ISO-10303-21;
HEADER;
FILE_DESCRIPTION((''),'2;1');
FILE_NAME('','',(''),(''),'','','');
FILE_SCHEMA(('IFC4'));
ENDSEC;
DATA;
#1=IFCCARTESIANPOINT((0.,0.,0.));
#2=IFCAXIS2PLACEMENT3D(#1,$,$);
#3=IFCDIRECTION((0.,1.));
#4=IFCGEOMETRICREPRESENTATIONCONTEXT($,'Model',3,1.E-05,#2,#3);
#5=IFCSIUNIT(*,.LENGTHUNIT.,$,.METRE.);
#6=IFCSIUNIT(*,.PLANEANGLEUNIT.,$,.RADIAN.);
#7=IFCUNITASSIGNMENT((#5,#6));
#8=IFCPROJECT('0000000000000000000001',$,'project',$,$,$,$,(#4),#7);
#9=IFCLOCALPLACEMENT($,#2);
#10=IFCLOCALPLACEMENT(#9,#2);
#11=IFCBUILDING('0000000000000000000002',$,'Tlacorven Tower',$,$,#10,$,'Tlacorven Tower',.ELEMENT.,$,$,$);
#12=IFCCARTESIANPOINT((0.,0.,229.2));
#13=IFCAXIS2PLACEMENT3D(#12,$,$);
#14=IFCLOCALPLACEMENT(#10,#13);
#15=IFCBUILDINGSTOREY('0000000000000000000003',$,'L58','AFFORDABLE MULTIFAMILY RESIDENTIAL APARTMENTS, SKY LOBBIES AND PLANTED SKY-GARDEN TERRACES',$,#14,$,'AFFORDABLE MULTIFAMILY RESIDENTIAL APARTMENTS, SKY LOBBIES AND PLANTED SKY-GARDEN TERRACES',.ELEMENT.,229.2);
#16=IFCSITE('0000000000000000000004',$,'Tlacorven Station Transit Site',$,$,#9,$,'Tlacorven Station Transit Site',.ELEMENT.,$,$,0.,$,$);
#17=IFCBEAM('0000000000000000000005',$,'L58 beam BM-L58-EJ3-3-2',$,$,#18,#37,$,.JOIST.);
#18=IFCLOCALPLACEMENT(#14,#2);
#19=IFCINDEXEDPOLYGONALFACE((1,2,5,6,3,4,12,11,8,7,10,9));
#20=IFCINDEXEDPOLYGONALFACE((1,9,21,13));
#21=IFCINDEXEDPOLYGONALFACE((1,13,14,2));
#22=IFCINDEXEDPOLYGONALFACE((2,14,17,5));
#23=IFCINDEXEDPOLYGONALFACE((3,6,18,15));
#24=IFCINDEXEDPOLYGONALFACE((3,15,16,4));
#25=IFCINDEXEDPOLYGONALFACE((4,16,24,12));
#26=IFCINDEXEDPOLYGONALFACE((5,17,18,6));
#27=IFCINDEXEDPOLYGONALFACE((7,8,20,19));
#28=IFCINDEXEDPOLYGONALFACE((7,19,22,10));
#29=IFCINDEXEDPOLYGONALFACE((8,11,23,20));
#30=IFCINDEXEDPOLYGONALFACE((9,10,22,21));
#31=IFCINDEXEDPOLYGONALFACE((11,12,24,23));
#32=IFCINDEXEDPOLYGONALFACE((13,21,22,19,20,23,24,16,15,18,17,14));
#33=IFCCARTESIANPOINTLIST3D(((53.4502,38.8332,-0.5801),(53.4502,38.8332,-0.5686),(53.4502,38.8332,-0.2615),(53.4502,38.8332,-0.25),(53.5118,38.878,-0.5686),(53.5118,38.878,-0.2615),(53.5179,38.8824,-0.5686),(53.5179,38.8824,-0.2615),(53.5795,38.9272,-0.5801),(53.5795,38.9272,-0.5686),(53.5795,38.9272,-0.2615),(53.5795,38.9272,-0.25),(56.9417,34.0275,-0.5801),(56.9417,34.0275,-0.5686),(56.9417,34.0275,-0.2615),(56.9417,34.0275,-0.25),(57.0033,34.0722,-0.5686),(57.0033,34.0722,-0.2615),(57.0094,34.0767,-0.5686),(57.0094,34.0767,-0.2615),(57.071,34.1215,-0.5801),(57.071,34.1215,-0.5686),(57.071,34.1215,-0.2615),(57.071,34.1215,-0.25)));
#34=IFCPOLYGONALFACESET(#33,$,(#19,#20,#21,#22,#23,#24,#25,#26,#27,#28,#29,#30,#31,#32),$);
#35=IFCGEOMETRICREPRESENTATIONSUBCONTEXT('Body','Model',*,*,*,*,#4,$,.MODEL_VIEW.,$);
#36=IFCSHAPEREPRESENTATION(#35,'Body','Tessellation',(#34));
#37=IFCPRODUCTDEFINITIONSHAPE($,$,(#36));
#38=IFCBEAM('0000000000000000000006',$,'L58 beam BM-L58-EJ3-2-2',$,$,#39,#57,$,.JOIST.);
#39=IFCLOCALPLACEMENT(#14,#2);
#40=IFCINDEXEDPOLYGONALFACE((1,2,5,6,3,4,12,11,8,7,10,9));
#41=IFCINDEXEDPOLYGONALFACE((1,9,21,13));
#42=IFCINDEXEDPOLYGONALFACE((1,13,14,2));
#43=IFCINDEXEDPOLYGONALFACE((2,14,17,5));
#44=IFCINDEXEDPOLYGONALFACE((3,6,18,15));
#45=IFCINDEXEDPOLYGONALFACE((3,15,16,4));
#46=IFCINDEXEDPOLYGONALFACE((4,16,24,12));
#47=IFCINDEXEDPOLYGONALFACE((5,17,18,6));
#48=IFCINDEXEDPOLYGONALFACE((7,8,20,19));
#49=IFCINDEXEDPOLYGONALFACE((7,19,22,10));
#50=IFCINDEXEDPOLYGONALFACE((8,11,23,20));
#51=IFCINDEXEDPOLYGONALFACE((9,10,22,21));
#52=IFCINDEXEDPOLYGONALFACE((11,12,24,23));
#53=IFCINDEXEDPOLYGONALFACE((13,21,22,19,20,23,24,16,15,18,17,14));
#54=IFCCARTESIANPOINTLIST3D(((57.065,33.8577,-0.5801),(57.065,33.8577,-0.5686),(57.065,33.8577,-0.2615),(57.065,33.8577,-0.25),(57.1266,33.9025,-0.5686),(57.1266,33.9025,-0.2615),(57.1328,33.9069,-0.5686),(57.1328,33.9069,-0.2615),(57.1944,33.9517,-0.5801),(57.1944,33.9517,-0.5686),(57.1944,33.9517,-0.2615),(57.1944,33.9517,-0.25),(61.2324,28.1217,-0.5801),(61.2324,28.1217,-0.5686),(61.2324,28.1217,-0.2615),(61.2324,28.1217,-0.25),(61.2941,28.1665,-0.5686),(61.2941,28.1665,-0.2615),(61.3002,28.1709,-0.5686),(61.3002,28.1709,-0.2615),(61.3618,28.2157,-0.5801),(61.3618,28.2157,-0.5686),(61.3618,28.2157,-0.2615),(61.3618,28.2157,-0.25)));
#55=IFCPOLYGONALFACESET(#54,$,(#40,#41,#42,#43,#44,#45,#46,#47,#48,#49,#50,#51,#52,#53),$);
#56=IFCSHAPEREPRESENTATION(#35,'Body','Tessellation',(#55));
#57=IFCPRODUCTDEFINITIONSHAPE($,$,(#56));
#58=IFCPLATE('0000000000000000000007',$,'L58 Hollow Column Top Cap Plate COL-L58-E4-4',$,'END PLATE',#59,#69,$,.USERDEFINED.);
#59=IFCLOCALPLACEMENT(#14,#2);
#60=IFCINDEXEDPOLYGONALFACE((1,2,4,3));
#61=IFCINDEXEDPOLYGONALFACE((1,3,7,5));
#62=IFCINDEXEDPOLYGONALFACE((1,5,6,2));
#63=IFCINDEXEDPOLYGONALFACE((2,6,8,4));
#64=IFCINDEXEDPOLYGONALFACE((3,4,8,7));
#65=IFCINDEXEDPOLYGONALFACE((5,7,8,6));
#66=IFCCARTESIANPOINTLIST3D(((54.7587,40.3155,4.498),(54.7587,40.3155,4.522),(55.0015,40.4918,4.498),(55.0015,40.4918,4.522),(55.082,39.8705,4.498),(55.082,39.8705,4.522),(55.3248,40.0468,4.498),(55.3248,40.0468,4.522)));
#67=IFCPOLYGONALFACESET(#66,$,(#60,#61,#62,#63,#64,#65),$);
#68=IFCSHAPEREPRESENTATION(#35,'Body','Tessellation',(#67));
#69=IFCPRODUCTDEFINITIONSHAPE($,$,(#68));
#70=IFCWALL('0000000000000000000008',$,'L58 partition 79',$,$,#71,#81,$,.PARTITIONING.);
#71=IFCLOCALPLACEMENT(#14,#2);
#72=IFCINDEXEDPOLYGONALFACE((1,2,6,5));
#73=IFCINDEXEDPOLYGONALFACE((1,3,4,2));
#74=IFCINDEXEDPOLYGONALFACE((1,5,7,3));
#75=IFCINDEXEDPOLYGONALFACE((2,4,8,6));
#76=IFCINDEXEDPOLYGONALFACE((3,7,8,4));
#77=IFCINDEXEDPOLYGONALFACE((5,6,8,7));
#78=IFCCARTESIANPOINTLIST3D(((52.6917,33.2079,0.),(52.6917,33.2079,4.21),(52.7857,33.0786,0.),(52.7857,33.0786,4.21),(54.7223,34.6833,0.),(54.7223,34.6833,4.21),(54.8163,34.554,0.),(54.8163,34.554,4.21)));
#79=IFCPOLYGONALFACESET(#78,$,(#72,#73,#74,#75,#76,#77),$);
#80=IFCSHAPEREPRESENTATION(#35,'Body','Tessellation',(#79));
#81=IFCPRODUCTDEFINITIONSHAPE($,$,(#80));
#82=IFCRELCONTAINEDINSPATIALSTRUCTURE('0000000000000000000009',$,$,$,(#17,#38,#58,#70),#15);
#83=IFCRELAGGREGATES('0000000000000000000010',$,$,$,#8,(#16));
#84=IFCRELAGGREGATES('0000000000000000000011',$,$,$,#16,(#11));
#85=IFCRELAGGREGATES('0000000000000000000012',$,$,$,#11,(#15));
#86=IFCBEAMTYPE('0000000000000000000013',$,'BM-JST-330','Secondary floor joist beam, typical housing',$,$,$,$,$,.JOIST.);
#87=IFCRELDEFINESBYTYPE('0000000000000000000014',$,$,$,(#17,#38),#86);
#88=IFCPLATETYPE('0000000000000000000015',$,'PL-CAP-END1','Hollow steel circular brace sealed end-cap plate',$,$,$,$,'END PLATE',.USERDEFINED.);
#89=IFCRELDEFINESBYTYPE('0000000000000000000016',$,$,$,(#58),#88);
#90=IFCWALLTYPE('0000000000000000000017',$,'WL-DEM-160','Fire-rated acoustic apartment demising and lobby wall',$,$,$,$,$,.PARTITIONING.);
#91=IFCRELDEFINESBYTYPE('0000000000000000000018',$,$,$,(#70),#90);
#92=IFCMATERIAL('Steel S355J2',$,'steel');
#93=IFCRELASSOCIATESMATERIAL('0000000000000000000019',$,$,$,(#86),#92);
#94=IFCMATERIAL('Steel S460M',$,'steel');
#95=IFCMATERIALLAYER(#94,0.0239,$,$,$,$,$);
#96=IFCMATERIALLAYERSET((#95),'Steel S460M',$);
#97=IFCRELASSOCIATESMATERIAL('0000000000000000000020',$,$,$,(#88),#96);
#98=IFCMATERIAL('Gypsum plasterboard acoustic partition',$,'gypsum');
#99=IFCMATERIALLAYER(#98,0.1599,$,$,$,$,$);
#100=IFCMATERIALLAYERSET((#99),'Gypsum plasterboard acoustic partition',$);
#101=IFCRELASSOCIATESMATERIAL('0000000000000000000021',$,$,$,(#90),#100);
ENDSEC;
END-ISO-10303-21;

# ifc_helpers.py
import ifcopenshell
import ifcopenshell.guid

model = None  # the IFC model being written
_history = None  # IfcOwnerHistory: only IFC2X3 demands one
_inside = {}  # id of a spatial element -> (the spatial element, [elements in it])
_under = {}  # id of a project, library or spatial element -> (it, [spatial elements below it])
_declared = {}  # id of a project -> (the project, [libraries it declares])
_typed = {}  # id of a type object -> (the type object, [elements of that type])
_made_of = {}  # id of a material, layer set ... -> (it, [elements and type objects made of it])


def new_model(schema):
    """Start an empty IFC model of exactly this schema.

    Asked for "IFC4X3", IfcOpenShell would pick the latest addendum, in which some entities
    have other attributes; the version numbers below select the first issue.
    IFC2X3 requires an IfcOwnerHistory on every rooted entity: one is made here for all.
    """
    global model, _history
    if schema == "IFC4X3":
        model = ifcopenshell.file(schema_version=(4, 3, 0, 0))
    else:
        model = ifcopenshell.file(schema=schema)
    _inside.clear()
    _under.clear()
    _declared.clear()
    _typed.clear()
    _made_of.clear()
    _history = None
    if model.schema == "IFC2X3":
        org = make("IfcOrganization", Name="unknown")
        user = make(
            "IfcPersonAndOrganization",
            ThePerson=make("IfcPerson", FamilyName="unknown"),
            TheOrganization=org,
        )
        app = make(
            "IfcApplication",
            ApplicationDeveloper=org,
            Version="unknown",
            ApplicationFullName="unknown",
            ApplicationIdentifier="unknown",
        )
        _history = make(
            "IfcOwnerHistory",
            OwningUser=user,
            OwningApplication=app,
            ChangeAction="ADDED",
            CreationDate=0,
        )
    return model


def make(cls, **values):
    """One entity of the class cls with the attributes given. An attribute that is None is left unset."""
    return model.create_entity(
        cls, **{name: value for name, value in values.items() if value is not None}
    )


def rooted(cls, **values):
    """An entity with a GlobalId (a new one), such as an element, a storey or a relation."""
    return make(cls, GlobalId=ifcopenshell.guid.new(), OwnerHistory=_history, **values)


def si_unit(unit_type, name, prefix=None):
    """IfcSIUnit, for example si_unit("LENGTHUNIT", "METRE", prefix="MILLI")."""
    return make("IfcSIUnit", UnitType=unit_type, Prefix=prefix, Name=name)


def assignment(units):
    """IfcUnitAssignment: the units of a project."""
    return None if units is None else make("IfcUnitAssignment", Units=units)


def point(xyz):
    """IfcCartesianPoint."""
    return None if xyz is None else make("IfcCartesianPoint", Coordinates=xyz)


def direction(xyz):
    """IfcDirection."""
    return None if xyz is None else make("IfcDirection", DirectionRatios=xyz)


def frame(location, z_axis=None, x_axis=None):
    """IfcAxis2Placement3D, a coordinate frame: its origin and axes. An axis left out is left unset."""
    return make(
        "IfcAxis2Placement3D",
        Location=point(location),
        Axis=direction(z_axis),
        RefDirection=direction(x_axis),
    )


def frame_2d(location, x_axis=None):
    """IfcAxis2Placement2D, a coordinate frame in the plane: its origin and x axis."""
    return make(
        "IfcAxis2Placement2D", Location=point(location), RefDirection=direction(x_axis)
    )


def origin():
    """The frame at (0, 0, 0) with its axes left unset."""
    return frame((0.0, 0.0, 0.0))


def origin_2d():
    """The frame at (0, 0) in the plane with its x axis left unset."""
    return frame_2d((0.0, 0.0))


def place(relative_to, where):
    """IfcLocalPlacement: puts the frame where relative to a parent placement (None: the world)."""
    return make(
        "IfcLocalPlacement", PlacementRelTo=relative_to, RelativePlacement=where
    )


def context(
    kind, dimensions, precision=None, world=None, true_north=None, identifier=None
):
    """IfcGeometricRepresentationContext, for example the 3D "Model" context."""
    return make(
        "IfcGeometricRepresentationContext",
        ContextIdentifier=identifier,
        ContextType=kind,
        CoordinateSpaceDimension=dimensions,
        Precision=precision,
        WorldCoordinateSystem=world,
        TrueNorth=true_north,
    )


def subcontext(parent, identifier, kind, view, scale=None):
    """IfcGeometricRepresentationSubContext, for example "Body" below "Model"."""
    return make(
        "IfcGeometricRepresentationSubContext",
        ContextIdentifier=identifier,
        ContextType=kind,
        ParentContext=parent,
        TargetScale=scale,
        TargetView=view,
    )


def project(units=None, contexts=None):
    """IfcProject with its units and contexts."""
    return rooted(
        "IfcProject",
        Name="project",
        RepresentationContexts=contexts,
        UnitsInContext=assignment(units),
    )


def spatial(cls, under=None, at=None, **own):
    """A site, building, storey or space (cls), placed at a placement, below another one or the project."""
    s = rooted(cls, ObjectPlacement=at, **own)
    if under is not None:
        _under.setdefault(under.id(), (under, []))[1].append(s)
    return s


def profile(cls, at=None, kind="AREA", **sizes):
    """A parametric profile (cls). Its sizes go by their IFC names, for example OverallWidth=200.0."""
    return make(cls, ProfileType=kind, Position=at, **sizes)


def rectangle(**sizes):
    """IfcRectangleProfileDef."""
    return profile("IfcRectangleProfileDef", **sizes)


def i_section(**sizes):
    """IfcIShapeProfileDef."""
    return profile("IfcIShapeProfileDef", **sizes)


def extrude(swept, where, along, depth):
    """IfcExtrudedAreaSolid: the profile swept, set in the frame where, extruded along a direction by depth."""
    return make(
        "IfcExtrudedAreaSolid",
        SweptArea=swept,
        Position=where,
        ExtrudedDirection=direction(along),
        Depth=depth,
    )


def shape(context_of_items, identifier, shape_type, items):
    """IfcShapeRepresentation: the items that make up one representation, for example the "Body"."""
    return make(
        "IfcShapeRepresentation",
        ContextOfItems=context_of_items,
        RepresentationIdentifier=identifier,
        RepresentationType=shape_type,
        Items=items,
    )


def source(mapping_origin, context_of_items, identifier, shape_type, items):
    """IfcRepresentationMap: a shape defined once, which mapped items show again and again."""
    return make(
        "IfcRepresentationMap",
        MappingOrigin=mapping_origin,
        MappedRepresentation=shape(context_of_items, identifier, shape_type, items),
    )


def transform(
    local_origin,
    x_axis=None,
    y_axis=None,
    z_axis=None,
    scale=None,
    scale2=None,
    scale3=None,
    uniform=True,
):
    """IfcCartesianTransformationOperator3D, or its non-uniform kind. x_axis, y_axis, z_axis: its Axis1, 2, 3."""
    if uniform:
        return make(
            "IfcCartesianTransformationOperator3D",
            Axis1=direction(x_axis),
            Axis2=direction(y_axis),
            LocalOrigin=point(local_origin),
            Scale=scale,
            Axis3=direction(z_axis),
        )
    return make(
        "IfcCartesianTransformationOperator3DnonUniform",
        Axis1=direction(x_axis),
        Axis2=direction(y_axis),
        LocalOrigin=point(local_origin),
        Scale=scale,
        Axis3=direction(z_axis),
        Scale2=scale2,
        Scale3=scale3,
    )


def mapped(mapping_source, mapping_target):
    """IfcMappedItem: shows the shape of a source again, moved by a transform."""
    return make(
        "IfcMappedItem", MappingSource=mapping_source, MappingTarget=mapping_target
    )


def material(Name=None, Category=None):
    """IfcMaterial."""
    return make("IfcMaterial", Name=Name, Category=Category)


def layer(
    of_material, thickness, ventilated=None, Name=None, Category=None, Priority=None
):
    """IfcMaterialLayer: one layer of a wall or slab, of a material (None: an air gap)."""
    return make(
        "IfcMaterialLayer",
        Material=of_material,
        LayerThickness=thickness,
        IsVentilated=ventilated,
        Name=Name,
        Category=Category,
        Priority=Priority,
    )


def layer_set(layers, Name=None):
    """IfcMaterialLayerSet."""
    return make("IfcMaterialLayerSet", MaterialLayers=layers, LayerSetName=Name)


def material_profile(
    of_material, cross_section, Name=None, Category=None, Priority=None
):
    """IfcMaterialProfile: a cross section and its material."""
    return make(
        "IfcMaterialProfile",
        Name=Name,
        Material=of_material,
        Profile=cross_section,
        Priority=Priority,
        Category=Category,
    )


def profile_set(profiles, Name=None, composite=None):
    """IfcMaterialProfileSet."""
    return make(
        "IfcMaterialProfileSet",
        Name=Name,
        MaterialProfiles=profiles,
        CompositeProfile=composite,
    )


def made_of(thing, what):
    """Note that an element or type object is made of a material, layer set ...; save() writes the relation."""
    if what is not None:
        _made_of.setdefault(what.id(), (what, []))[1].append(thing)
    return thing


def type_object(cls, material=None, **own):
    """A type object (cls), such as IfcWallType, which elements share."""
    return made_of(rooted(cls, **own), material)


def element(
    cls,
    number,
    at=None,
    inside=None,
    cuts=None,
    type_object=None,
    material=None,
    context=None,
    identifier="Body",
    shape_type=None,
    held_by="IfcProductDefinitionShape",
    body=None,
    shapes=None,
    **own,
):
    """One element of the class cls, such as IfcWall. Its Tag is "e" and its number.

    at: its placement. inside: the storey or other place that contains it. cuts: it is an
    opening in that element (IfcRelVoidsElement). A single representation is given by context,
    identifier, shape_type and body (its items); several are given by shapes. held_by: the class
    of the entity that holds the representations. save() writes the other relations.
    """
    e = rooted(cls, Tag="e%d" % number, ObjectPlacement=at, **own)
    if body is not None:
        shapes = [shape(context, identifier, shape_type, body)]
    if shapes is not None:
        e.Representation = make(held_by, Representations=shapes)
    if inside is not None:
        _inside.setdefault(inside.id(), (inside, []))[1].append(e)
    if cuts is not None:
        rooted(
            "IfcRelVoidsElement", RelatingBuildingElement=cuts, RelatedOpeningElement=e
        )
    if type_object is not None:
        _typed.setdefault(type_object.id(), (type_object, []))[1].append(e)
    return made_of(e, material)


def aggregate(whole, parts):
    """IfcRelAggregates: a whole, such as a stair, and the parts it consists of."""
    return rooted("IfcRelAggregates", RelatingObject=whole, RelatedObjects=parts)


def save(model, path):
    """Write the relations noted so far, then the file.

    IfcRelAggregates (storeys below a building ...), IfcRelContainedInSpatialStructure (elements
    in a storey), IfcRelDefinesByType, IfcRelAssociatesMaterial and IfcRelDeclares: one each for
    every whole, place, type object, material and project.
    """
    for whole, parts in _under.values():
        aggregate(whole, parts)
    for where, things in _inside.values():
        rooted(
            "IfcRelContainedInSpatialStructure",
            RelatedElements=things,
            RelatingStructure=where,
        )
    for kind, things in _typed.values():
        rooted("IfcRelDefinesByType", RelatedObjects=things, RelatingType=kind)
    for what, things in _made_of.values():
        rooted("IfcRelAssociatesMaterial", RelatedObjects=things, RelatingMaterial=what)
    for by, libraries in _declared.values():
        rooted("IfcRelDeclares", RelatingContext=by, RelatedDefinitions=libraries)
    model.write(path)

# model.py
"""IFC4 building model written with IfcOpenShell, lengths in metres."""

from ifc_helpers import new_model, si_unit, direction, frame, frame_2d, origin, origin_2d, place, context, subcontext, project, spatial, rectangle, i_section, extrude, source, transform, mapped, material, layer, layer_set, material_profile, profile_set, type_object, element, save


model = new_model("IFC4")

# Units and contexts
model_context = context("Model", 3, precision=1e-05, world=origin(), true_north=direction((0.0, 1.0)))
body_context = subcontext(model_context, "Body", "Model", "MODEL_VIEW")
ifc_project = project(units=[si_unit("LENGTHUNIT", "METRE"), si_unit("PLANEANGLEUNIT", "RADIAN")], contexts=[model_context])

# Site, building, storey
site_placement = place(None, origin())
site = spatial("IfcSite", under=ifc_project, at=site_placement, Name="Tlacorven Station Transit Site", LongName="Tlacorven Station Transit Site", CompositionType="ELEMENT", RefElevation=0.0)
building_placement = place(site_placement, origin())
building = spatial("IfcBuilding", under=site, at=building_placement, Name="Tlacorven Tower", LongName="Tlacorven Tower", CompositionType="ELEMENT")
storey_placement = place(building_placement, frame((0.0, 0.0, 229.2)))
storey = spatial("IfcBuildingStorey", under=building, at=storey_placement, Name="L58", Description="AFFORDABLE MULTIFAMILY RESIDENTIAL APARTMENTS, SKY LOBBIES AND PLANTED SKY-GARDEN TERRACES", LongName="AFFORDABLE MULTIFAMILY RESIDENTIAL APARTMENTS, SKY LOBBIES AND PLANTED SKY-GARDEN TERRACES", CompositionType="ELEMENT", Elevation=229.2)

# Shared definitions
ifc_material_1 = material(Name="Steel S460M", Category="steel")

# Beams
ifc_material_2 = material(Name="Steel S355J2", Category="steel")
ifc_material_profile_1 = material_profile(ifc_material_2, i_section(OverallWidth=0.1599, OverallDepth=0.3301, WebThickness=0.0076, FlangeThickness=0.0115, at=origin_2d()), Name="IPE 330")
ifc_profile_set_1 = profile_set([ifc_material_profile_1], Name="Steel S355J2")
beam_type_1 = type_object("IfcBeamType", Name="BM-JST-330", Description="Secondary floor joist beam, typical housing", PredefinedType="JOIST", material=ifc_profile_set_1)
shared_shape_1 = source(origin(), body_context, "Body", "SweptSolid", [
    extrude(i_section(OverallWidth=0.1599, OverallDepth=0.3301, WebThickness=0.0076, FlangeThickness=0.0115, at=origin_2d()), origin(), (0.0, 0.0, 1.0), 5.9402),
])
for number, where, z_axis, x_axis, name in (
    (1, (57.0063, 34.0745, -0.415), (-0.587778, 0.809022, 0.0), (-0.809022, -0.587778, 0.0), "L58 beam BM-L58-EJ3-3-2"),
):
    element("IfcBeam", number, at=place(storey_placement, frame(where, z_axis=z_axis, x_axis=x_axis)), inside=storey, type_object=beam_type_1, Name=name, PredefinedType="JOIST", context=body_context, shape_type="MappedRepresentation", body=[
        mapped(shared_shape_1, transform((0.0, 0.0, 0.0), scale=1.0)),
    ])
shared_shape_2 = source(origin(), body_context, "Body", "SweptSolid", [
    extrude(i_section(OverallWidth=0.1599, OverallDepth=0.3301, WebThickness=0.0076, FlangeThickness=0.0115, at=origin_2d()), origin(), (0.0, 0.0, 1.0), 7.0901),
])
beam_1_placement = place(storey_placement, frame((61.2971, 28.1687, -0.415), z_axis=(-0.587783, 0.809019, 0.0), x_axis=(-0.809019, -0.587783, 0.0)))
element("IfcBeam", 2, at=beam_1_placement, inside=storey, type_object=beam_type_1, Name="L58 beam BM-L58-EJ3-2-2", PredefinedType="JOIST", context=body_context, shape_type="MappedRepresentation", body=[
    mapped(shared_shape_2, transform((0.0, 0.0, 0.0), scale=1.0)),
])

# Plate
ifc_layer_1 = layer(ifc_material_1, 0.0239)
ifc_layer_set_1 = layer_set([ifc_layer_1], Name="Steel S460M")
plate_type = type_object("IfcPlateType", Name="PL-CAP-END1", Description="Hollow steel circular brace sealed end-cap plate", ElementType="END PLATE", PredefinedType="USERDEFINED", material=ifc_layer_set_1)
shared_shape_3 = source(origin(), body_context, "Body", "SweptSolid", [
    extrude(rectangle(XDim=0.3, YDim=0.55, at=origin_2d()), origin(), (0.0, 0.0, 1.0), 0.0239),
])
plate_placement = place(storey_placement, frame((55.0417, 40.1812, 4.498), z_axis=(0.0, 0.0, 1.0), x_axis=(0.809017, 0.587785, 0.0)))
element("IfcPlate", 3, at=plate_placement, inside=storey, type_object=plate_type, Name="L58 Hollow Column Top Cap Plate COL-L58-E4-4", ObjectType="END PLATE", PredefinedType="USERDEFINED", context=body_context, shape_type="MappedRepresentation", body=[
    mapped(shared_shape_3, transform((0.0, 0.0, 0.0), scale=1.0)),
])

# Wall
ifc_material_3 = material(Name="Gypsum plasterboard acoustic partition", Category="gypsum")
ifc_layer_2 = layer(ifc_material_3, 0.1599)
ifc_layer_set_2 = layer_set([ifc_layer_2], Name="Gypsum plasterboard acoustic partition")
wall_type_1 = type_object("IfcWallType", Name="WL-DEM-160", Description="Fire-rated acoustic apartment demising and lobby wall", PredefinedType="PARTITIONING", material=ifc_layer_set_2)
wall_1_placement = place(storey_placement, frame((52.7388, 33.1433, 0.0), z_axis=(0.0, 0.0, 1.0), x_axis=(0.809001, 0.587807, 0.0)))
element("IfcWall", 4, at=wall_1_placement, inside=storey, type_object=wall_type_1, Name="L58 partition 79", PredefinedType="PARTITIONING", context=body_context, shape_type="SweptSolid", body=[
    extrude(rectangle(XDim=2.51, YDim=0.1599, at=frame_2d((1.2549, 0.0))), origin(), (0.0, 0.0, 1.0), 4.21),
])

save(model, "model.ifc")
